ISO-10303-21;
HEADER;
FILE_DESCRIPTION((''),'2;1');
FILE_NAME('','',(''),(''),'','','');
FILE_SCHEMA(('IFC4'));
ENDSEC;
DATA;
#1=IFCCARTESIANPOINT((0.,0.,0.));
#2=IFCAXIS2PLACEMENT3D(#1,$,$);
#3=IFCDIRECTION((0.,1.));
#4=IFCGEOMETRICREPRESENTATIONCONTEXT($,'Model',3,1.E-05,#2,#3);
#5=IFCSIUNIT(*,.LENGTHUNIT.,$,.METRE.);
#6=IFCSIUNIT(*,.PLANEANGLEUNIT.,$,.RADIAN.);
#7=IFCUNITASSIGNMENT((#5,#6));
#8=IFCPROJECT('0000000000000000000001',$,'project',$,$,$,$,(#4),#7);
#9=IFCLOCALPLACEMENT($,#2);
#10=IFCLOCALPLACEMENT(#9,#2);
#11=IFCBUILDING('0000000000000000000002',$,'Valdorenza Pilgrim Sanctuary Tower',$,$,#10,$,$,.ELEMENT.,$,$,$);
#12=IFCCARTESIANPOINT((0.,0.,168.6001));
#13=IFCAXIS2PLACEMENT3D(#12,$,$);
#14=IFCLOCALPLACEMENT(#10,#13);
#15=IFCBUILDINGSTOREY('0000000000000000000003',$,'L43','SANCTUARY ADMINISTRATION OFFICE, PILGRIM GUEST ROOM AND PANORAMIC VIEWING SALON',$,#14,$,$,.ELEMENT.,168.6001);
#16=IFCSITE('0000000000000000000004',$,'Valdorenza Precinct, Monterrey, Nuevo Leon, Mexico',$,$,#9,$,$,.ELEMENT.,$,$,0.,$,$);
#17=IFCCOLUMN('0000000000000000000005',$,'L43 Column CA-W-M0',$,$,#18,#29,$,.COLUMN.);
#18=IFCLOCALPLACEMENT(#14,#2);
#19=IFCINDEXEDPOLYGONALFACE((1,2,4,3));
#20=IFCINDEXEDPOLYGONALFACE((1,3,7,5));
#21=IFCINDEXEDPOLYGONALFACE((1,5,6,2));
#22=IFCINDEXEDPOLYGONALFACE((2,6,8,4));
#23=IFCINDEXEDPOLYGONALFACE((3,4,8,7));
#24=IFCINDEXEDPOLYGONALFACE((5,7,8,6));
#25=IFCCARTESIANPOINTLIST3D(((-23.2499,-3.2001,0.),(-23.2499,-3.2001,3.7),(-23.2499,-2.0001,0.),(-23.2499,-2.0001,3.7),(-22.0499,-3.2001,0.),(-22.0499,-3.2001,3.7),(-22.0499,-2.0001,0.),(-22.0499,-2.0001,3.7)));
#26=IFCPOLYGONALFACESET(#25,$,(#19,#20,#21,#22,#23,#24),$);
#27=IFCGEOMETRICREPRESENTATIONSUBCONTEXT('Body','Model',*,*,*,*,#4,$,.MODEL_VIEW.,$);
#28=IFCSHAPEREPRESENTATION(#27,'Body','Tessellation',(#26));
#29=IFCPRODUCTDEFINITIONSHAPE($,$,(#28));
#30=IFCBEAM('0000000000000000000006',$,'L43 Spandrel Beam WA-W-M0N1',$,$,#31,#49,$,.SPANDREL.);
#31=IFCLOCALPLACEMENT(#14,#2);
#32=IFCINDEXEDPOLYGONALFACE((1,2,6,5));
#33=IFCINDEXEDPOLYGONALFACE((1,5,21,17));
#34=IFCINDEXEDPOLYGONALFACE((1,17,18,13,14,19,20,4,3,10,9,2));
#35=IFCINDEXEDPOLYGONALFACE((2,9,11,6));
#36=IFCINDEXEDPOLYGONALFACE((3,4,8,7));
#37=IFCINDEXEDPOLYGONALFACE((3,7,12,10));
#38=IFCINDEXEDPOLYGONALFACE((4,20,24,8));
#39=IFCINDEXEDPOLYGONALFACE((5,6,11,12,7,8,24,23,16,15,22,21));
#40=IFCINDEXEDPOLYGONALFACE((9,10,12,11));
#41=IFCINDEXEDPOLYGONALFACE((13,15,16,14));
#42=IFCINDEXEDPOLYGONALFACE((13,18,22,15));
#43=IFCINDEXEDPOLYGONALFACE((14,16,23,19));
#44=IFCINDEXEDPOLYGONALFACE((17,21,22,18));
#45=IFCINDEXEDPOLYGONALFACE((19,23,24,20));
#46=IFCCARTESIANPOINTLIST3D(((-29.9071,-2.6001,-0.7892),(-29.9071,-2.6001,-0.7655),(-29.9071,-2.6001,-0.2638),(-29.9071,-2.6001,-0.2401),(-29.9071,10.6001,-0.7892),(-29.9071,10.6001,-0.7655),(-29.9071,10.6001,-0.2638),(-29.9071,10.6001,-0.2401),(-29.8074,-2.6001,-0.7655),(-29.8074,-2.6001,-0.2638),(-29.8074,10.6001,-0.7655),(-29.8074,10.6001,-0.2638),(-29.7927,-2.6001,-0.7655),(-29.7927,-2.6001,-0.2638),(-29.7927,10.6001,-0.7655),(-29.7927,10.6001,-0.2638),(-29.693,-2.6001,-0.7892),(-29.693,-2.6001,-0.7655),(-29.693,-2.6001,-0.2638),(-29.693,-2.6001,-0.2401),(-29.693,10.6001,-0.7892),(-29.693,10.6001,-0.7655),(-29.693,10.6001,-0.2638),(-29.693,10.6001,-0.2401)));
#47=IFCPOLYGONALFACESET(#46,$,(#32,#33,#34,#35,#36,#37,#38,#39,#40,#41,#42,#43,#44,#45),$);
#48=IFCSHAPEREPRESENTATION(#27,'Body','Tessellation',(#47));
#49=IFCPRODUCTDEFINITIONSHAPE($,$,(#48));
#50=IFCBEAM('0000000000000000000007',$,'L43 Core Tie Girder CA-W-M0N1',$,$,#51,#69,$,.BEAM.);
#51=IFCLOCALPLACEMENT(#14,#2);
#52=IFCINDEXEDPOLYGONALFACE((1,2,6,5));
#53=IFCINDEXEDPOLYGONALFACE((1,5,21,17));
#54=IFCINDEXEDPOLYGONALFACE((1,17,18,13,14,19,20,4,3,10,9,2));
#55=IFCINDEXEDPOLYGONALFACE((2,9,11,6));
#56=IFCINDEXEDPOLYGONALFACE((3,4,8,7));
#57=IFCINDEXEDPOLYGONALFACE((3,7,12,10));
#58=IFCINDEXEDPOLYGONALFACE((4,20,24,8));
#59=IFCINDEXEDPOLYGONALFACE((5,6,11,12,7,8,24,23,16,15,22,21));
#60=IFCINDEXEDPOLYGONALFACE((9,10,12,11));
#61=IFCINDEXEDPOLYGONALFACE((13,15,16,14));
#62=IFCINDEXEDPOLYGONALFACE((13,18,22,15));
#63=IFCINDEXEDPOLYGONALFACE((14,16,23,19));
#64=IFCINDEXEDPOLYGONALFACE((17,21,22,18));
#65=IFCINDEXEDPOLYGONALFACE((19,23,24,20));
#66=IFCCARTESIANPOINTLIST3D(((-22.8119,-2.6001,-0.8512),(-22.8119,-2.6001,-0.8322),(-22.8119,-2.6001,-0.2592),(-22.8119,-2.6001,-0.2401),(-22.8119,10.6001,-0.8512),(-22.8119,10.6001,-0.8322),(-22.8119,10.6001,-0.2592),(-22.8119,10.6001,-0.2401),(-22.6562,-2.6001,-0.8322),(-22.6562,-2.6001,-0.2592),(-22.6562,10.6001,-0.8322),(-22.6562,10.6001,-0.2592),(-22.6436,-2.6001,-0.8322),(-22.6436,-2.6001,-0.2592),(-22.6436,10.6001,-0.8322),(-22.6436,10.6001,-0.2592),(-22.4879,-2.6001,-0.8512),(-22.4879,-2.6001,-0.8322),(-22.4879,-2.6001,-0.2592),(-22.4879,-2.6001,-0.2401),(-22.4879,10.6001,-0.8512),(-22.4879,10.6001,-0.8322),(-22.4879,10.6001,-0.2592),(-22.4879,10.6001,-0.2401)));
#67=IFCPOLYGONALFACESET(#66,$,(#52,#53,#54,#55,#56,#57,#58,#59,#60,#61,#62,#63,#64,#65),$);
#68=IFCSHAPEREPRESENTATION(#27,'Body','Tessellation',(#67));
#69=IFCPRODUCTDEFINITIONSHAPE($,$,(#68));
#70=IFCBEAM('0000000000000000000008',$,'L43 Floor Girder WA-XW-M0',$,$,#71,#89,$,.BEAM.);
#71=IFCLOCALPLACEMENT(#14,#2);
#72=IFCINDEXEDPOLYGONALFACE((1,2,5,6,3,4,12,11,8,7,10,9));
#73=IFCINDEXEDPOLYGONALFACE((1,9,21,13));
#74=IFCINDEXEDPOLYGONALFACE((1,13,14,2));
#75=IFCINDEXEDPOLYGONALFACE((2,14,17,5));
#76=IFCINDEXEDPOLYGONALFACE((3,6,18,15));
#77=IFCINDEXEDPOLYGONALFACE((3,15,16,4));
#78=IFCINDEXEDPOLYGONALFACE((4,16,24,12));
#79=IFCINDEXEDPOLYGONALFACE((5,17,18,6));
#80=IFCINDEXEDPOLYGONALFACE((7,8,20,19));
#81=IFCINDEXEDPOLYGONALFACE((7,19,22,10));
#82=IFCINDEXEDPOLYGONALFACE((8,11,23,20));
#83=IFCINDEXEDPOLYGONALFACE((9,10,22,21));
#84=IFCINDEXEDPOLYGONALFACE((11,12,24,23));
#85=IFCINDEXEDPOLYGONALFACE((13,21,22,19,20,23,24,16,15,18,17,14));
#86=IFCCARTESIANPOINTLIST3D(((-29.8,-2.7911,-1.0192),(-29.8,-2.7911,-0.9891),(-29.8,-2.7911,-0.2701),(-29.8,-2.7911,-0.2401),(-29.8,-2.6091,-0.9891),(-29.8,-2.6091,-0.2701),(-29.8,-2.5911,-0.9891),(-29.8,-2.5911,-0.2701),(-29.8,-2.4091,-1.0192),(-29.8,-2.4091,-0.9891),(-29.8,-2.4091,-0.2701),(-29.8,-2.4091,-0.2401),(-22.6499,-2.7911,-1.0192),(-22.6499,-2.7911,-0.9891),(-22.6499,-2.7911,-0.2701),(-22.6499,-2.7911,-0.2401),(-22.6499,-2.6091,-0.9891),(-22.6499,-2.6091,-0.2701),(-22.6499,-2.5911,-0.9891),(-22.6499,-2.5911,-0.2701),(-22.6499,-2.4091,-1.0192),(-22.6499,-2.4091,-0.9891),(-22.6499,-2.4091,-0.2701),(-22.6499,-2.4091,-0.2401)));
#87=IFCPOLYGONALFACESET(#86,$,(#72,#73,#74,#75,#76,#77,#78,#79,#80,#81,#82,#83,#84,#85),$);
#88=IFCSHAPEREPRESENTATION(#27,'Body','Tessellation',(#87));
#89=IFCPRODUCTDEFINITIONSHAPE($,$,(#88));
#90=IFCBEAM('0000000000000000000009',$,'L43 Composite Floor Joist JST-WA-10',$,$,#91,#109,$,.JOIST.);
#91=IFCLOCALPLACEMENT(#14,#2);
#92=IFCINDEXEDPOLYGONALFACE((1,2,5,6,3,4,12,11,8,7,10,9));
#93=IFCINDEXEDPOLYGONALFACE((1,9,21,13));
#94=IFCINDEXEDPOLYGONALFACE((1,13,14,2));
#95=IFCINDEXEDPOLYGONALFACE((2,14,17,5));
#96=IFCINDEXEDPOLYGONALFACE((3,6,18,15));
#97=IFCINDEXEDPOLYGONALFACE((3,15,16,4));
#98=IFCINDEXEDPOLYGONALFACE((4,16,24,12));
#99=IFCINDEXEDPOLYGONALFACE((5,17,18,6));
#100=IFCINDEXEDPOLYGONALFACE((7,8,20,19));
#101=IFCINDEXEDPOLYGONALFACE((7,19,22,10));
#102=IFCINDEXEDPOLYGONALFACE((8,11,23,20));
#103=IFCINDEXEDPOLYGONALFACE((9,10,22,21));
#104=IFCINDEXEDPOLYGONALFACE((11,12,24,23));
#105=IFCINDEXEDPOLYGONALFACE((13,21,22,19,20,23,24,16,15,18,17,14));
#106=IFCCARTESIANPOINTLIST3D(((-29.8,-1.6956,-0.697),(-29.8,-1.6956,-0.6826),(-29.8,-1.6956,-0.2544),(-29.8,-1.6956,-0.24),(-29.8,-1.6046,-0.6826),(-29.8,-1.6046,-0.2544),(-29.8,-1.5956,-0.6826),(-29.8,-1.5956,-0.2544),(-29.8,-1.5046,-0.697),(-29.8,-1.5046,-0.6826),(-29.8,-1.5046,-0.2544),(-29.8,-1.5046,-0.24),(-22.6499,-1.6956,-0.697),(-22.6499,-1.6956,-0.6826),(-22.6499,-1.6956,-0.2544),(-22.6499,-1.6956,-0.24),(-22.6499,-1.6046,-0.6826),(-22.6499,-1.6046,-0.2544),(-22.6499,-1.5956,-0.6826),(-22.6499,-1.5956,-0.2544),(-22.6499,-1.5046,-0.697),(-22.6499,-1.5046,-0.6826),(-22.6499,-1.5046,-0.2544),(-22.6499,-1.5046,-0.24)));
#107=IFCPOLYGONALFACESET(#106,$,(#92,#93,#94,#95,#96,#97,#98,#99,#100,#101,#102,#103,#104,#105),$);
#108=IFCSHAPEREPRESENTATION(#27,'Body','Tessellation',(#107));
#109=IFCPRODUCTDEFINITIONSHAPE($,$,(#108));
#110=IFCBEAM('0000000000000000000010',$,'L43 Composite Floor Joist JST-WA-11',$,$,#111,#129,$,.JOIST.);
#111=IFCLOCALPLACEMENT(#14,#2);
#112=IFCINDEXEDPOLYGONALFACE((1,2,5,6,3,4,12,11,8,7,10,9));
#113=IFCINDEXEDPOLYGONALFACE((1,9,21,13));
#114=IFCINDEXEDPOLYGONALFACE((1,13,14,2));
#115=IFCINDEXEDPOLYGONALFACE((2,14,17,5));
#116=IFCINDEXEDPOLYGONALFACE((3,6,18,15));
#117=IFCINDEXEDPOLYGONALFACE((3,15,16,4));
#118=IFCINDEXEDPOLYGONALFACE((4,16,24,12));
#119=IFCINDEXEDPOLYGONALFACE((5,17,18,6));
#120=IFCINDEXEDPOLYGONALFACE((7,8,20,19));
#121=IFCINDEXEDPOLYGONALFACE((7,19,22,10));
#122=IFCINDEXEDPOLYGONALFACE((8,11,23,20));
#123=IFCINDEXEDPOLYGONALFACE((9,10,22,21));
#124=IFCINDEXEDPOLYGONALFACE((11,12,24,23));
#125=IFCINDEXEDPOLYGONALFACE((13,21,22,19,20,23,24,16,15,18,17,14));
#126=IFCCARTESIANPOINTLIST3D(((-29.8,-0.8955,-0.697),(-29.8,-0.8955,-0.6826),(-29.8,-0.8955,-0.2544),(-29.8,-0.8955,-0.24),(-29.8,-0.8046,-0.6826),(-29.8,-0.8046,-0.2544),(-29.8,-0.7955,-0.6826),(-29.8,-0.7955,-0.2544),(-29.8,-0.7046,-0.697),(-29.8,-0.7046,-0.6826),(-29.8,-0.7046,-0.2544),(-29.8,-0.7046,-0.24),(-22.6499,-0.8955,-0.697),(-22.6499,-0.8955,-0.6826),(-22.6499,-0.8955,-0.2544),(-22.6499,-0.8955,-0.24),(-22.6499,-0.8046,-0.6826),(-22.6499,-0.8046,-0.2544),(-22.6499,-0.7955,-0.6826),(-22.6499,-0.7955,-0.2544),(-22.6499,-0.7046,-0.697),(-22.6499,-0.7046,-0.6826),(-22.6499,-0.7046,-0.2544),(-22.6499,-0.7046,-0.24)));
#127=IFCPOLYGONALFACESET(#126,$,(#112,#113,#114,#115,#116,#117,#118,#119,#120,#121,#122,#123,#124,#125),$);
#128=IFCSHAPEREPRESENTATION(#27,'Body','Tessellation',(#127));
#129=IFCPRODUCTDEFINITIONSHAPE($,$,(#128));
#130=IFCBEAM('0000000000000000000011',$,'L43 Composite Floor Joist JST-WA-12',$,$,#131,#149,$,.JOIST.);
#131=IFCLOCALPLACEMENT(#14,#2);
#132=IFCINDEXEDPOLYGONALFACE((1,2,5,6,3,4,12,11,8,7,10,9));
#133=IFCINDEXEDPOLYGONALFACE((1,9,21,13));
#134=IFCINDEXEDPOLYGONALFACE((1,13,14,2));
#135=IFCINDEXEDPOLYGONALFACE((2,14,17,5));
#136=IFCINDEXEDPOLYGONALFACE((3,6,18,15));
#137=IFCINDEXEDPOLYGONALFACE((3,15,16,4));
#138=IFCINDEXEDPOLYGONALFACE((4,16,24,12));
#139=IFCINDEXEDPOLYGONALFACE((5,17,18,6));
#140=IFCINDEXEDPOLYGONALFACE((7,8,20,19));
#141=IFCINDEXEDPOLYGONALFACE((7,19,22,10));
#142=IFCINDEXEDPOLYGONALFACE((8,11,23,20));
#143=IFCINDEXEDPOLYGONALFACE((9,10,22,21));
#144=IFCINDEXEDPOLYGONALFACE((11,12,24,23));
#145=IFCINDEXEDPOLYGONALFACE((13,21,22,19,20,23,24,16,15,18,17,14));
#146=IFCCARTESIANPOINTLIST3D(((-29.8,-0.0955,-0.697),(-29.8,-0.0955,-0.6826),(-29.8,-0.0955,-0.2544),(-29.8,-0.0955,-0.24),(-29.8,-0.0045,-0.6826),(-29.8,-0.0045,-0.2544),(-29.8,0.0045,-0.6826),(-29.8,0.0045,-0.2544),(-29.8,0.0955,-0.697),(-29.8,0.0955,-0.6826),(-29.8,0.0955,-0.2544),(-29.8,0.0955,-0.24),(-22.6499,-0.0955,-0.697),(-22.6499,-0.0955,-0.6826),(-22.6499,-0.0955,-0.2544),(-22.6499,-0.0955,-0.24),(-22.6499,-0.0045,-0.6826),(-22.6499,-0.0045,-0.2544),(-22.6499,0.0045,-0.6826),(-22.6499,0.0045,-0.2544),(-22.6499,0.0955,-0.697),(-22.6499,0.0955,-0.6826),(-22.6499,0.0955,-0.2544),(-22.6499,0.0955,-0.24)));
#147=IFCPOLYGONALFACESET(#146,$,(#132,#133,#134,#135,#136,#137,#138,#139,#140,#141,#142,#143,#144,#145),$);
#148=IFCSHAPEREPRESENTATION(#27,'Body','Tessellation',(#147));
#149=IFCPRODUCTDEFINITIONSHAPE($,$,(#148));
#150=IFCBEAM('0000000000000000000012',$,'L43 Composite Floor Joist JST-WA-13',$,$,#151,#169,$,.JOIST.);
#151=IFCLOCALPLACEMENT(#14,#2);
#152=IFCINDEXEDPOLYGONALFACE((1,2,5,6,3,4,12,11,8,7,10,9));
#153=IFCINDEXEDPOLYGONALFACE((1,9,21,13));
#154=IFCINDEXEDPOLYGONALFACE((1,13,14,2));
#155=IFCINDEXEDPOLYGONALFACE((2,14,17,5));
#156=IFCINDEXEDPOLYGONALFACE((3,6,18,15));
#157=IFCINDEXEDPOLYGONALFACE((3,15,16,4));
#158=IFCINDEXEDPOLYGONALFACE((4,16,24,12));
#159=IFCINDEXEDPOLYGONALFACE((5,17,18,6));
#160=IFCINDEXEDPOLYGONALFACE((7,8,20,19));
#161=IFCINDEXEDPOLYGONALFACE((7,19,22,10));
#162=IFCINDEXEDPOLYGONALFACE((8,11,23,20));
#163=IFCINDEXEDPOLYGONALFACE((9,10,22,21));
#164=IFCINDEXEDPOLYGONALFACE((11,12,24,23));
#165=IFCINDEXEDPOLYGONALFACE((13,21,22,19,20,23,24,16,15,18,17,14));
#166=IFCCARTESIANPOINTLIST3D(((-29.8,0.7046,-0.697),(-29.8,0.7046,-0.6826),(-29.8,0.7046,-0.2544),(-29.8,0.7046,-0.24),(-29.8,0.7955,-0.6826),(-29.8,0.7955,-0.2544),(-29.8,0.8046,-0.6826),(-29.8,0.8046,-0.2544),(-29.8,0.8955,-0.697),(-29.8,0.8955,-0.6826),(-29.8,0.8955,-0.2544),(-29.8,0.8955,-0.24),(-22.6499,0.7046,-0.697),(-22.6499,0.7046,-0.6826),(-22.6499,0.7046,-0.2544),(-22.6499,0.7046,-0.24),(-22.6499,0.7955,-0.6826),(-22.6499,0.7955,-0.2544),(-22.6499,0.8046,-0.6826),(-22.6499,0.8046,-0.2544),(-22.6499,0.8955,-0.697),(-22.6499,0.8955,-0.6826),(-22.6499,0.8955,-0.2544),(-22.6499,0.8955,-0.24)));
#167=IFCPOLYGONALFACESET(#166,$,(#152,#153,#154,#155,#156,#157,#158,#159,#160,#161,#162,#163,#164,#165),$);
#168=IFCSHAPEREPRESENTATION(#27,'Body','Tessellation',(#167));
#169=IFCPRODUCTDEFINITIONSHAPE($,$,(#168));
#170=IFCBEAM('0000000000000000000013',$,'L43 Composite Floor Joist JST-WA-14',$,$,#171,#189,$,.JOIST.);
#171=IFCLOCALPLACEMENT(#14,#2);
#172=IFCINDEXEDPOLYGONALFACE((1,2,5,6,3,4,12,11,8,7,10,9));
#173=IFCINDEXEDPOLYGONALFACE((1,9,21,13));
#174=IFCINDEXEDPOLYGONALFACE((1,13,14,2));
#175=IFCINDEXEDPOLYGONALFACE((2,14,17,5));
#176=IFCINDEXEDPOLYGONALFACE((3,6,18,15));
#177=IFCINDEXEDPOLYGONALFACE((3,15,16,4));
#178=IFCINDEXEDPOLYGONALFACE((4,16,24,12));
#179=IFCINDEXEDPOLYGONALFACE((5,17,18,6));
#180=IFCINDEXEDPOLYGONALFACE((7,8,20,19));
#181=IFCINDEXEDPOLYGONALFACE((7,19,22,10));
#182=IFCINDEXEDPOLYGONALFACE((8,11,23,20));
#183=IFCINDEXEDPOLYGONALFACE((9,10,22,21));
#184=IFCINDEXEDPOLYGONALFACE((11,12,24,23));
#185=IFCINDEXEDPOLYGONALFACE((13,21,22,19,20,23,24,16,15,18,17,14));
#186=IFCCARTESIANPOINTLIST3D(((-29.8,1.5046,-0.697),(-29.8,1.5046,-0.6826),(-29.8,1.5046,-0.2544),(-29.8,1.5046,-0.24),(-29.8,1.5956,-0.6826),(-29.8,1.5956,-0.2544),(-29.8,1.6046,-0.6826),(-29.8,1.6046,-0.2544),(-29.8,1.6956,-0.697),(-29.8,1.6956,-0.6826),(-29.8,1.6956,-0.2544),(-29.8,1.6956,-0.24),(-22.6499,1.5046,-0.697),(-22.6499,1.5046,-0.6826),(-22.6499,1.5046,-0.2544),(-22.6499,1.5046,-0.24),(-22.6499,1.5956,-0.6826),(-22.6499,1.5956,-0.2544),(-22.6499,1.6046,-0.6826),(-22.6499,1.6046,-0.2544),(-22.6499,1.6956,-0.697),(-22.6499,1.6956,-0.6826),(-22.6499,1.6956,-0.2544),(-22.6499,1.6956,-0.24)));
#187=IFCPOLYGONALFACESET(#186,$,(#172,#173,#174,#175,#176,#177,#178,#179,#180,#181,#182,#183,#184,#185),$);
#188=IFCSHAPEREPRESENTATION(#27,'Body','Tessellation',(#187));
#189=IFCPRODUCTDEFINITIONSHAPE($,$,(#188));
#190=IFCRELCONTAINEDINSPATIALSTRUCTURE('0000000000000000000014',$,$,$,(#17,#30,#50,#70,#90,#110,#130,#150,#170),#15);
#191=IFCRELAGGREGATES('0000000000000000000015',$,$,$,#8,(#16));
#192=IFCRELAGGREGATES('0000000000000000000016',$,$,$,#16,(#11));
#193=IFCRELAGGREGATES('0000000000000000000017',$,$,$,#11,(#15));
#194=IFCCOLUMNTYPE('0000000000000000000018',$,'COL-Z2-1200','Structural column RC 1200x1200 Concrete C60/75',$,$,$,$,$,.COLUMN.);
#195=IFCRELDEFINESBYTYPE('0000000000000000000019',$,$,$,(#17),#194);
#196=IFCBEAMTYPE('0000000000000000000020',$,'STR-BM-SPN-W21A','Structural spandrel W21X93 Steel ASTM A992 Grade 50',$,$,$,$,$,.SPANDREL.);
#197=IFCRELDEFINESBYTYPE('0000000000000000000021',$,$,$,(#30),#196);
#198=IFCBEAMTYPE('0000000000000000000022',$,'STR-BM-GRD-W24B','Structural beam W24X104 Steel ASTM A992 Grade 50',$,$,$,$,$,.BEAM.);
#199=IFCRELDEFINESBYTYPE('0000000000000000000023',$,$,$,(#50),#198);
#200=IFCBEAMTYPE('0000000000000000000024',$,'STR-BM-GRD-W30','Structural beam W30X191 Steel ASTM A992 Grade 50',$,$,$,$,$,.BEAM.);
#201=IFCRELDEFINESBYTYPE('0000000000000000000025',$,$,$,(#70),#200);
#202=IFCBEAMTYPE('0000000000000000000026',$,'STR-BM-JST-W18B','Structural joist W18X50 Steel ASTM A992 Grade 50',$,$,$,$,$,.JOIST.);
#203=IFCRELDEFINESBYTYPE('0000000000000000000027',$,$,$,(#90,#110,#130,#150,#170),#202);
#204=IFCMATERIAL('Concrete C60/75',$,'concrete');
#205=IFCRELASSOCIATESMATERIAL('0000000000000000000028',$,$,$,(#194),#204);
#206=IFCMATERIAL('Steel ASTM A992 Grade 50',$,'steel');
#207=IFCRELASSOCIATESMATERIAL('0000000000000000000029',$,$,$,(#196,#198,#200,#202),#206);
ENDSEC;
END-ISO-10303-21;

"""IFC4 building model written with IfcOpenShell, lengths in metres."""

from ifc_helpers import new_model, si_unit, direction, frame, origin, origin_2d, place, context, subcontext, project, spatial, rectangle, i_section, extrude, source, transform, mapped, material, material_profile, profile_set, type_object, element, save


model = new_model("IFC4")

# Units and contexts
model_context = context("Model", 3, precision=1e-05, world=origin(), true_north=direction((0.0, 1.0)))
body_context = subcontext(model_context, "Body", "Model", "MODEL_VIEW")
ifc_project = project(units=[si_unit("LENGTHUNIT", "METRE"), si_unit("PLANEANGLEUNIT", "RADIAN")], contexts=[model_context])

# Site, building, storey
site_placement = place(None, origin())
site = spatial("IfcSite", under=ifc_project, at=site_placement, Name="Valdorenza Precinct, Monterrey, Nuevo Leon, Mexico", CompositionType="ELEMENT", RefElevation=0.0)
building_placement = place(site_placement, origin())
building = spatial("IfcBuilding", under=site, at=building_placement, Name="Valdorenza Pilgrim Sanctuary Tower", CompositionType="ELEMENT")
storey_placement = place(building_placement, frame((0.0, 0.0, 168.6001)))
storey = spatial("IfcBuildingStorey", under=building, at=storey_placement, Name="L43", Description="SANCTUARY ADMINISTRATION OFFICE, PILGRIM GUEST ROOM AND PANORAMIC VIEWING SALON", CompositionType="ELEMENT", Elevation=168.6001)

# Column
ifc_material_1 = material(Name="Concrete C60/75", Category="concrete")
ifc_material_profile_1 = material_profile(ifc_material_1, rectangle(XDim=1.2, YDim=1.2, at=origin_2d()), Name="RC 1200x1200")
ifc_profile_set_1 = profile_set([ifc_material_profile_1], Name="Concrete C60/75")
column_type = type_object("IfcColumnType", Name="COL-Z2-1200", Description="Structural column RC 1200x1200 Concrete C60/75", PredefinedType="COLUMN", material=ifc_profile_set_1)
shared_shape_1 = source(origin(), body_context, "Body", "SweptSolid", [
    extrude(rectangle(XDim=1.2, YDim=1.2, at=origin_2d()), origin(), (0.0, 0.0, 1.0), 3.7),
])
column_placement = place(storey_placement, frame((-22.6499, -2.6001, 0.0), z_axis=(0.0, 0.0, 1.0), x_axis=(1.0, 0.0, 0.0)))
element("IfcColumn", 1, at=column_placement, inside=storey, type_object=column_type, Name="L43 Column CA-W-M0", PredefinedType="COLUMN", context=body_context, shape_type="MappedRepresentation", body=[
    mapped(shared_shape_1, transform((0.0, 0.0, 0.0), x_axis=(1.0, 0.0, 0.0), y_axis=(0.0, 1.0, 0.0), z_axis=(0.0, 0.0, 1.0), scale=1.0)),
])

# Beams
ifc_material_2 = material(Name="Steel ASTM A992 Grade 50", Category="steel")
ifc_material_profile_2 = material_profile(ifc_material_2, i_section(OverallWidth=0.2141, OverallDepth=0.5491, WebThickness=0.0146, FlangeThickness=0.0237, at=origin_2d()), Name="W21X93")
ifc_profile_set_2 = profile_set([ifc_material_profile_2], Name="Steel ASTM A992 Grade 50")
beam_type_1 = type_object("IfcBeamType", Name="STR-BM-SPN-W21A", Description="Structural spandrel W21X93 Steel ASTM A992 Grade 50", PredefinedType="SPANDREL", material=ifc_profile_set_2)
shared_shape_2 = source(origin(), body_context, "Body", "SweptSolid", [
    extrude(i_section(OverallWidth=0.2141, OverallDepth=0.5491, WebThickness=0.0146, FlangeThickness=0.0237, at=origin_2d()), origin(), (0.0, 0.0, 1.0), 13.2002),
])
beam_1_placement = place(storey_placement, frame((-29.8, -2.6001, -0.5146), z_axis=(0.0, 1.0, 0.0), x_axis=(-1.0, 0.0, 0.0)))
element("IfcBeam", 2, at=beam_1_placement, inside=storey, type_object=beam_type_1, Name="L43 Spandrel Beam WA-W-M0N1", PredefinedType="SPANDREL", context=body_context, shape_type="MappedRepresentation", body=[
    mapped(shared_shape_2, transform((0.0, 0.0, 0.0), x_axis=(1.0, 0.0, 0.0), y_axis=(0.0, 1.0, 0.0), z_axis=(0.0, 0.0, 1.0), scale=1.0)),
])
ifc_material_profile_3 = material_profile(ifc_material_2, i_section(OverallWidth=0.324, OverallDepth=0.6111, WebThickness=0.0127, FlangeThickness=0.019, at=origin_2d()), Name="W24X104")
ifc_profile_set_3 = profile_set([ifc_material_profile_3], Name="Steel ASTM A992 Grade 50")
beam_type_2 = type_object("IfcBeamType", Name="STR-BM-GRD-W24B", Description="Structural beam W24X104 Steel ASTM A992 Grade 50", PredefinedType="BEAM", material=ifc_profile_set_3)
shared_shape_3 = source(origin(), body_context, "Body", "SweptSolid", [
    extrude(i_section(OverallWidth=0.324, OverallDepth=0.6111, WebThickness=0.0127, FlangeThickness=0.019, at=origin_2d()), origin(), (0.0, 0.0, 1.0), 13.2002),
])
beam_2_placement = place(storey_placement, frame((-22.6499, -2.6001, -0.5457), z_axis=(0.0, 1.0, 0.0), x_axis=(-1.0, 0.0, 0.0)))
element("IfcBeam", 3, at=beam_2_placement, inside=storey, type_object=beam_type_2, Name="L43 Core Tie Girder CA-W-M0N1", PredefinedType="BEAM", context=body_context, shape_type="MappedRepresentation", body=[
    mapped(shared_shape_3, transform((0.0, 0.0, 0.0), x_axis=(1.0, 0.0, 0.0), y_axis=(0.0, 1.0, 0.0), z_axis=(0.0, 0.0, 1.0), scale=1.0)),
])
ifc_material_profile_4 = material_profile(ifc_material_2, i_section(OverallWidth=0.3821, OverallDepth=0.7791, WebThickness=0.0181, FlangeThickness=0.03, at=origin_2d()), Name="W30X191")
ifc_profile_set_4 = profile_set([ifc_material_profile_4], Name="Steel ASTM A992 Grade 50")
beam_type_3 = type_object("IfcBeamType", Name="STR-BM-GRD-W30", Description="Structural beam W30X191 Steel ASTM A992 Grade 50", PredefinedType="BEAM", material=ifc_profile_set_4)
shared_shape_4 = source(origin(), body_context, "Body", "SweptSolid", [
    extrude(i_section(OverallWidth=0.3821, OverallDepth=0.7791, WebThickness=0.0181, FlangeThickness=0.03, at=origin_2d()), origin(), (0.0, 0.0, 1.0), 7.1501),
])
beam_3_placement = place(storey_placement, frame((-29.8, -2.6001, -0.6296), z_axis=(1.0, 0.0, 0.0), x_axis=(0.0, 1.0, 0.0)))
element("IfcBeam", 4, at=beam_3_placement, inside=storey, type_object=beam_type_3, Name="L43 Floor Girder WA-XW-M0", PredefinedType="BEAM", context=body_context, shape_type="MappedRepresentation", body=[
    mapped(shared_shape_4, transform((0.0, 0.0, 0.0), x_axis=(1.0, 0.0, 0.0), y_axis=(0.0, 1.0, 0.0), z_axis=(0.0, 0.0, 1.0), scale=1.0)),
])
ifc_material_profile_5 = material_profile(ifc_material_2, i_section(OverallWidth=0.1909, OverallDepth=0.457, WebThickness=0.009, FlangeThickness=0.0144, at=origin_2d()), Name="W18X50")
ifc_profile_set_5 = profile_set([ifc_material_profile_5], Name="Steel ASTM A992 Grade 50")
beam_type_4 = type_object("IfcBeamType", Name="STR-BM-JST-W18B", Description="Structural joist W18X50 Steel ASTM A992 Grade 50", PredefinedType="JOIST", material=ifc_profile_set_5)
shared_shape_5 = source(origin(), body_context, "Body", "SweptSolid", [
    extrude(i_section(OverallWidth=0.1909, OverallDepth=0.457, WebThickness=0.009, FlangeThickness=0.0144, at=origin_2d()), origin(), (0.0, 0.0, 1.0), 7.1501),
])
for number, where, z_axis, x_axis, name in (
    (5, (-29.8, -1.6001, -0.4685), (1.0, 0.0, 0.0), (0.0, 1.0, 0.0), "L43 Composite Floor Joist JST-WA-10"),
    (6, (-29.8, -0.8, -0.4685), (1.0, 0.0, 0.0), (0.0, 1.0, 0.0), "L43 Composite Floor Joist JST-WA-11"),
    (7, (-29.8, 0.0, -0.4685), (1.0, 0.0, 0.0), (0.0, 1.0, 0.0), "L43 Composite Floor Joist JST-WA-12"),
    (8, (-29.8, 0.8, -0.4685), (1.0, 0.0, 0.0), (0.0, 1.0, 0.0), "L43 Composite Floor Joist JST-WA-13"),
    (9, (-29.8, 1.6001, -0.4685), (1.0, 0.0, 0.0), (0.0, 1.0, 0.0), "L43 Composite Floor Joist JST-WA-14"),
):
    element("IfcBeam", number, at=place(storey_placement, frame(where, z_axis=z_axis, x_axis=x_axis)), inside=storey, type_object=beam_type_4, Name=name, PredefinedType="JOIST", context=body_context, shape_type="MappedRepresentation", body=[
        mapped(shared_shape_5, transform((0.0, 0.0, 0.0), x_axis=(1.0, 0.0, 0.0), y_axis=(0.0, 1.0, 0.0), z_axis=(0.0, 0.0, 1.0), scale=1.0)),
    ])

save(model, "model.ifc")
